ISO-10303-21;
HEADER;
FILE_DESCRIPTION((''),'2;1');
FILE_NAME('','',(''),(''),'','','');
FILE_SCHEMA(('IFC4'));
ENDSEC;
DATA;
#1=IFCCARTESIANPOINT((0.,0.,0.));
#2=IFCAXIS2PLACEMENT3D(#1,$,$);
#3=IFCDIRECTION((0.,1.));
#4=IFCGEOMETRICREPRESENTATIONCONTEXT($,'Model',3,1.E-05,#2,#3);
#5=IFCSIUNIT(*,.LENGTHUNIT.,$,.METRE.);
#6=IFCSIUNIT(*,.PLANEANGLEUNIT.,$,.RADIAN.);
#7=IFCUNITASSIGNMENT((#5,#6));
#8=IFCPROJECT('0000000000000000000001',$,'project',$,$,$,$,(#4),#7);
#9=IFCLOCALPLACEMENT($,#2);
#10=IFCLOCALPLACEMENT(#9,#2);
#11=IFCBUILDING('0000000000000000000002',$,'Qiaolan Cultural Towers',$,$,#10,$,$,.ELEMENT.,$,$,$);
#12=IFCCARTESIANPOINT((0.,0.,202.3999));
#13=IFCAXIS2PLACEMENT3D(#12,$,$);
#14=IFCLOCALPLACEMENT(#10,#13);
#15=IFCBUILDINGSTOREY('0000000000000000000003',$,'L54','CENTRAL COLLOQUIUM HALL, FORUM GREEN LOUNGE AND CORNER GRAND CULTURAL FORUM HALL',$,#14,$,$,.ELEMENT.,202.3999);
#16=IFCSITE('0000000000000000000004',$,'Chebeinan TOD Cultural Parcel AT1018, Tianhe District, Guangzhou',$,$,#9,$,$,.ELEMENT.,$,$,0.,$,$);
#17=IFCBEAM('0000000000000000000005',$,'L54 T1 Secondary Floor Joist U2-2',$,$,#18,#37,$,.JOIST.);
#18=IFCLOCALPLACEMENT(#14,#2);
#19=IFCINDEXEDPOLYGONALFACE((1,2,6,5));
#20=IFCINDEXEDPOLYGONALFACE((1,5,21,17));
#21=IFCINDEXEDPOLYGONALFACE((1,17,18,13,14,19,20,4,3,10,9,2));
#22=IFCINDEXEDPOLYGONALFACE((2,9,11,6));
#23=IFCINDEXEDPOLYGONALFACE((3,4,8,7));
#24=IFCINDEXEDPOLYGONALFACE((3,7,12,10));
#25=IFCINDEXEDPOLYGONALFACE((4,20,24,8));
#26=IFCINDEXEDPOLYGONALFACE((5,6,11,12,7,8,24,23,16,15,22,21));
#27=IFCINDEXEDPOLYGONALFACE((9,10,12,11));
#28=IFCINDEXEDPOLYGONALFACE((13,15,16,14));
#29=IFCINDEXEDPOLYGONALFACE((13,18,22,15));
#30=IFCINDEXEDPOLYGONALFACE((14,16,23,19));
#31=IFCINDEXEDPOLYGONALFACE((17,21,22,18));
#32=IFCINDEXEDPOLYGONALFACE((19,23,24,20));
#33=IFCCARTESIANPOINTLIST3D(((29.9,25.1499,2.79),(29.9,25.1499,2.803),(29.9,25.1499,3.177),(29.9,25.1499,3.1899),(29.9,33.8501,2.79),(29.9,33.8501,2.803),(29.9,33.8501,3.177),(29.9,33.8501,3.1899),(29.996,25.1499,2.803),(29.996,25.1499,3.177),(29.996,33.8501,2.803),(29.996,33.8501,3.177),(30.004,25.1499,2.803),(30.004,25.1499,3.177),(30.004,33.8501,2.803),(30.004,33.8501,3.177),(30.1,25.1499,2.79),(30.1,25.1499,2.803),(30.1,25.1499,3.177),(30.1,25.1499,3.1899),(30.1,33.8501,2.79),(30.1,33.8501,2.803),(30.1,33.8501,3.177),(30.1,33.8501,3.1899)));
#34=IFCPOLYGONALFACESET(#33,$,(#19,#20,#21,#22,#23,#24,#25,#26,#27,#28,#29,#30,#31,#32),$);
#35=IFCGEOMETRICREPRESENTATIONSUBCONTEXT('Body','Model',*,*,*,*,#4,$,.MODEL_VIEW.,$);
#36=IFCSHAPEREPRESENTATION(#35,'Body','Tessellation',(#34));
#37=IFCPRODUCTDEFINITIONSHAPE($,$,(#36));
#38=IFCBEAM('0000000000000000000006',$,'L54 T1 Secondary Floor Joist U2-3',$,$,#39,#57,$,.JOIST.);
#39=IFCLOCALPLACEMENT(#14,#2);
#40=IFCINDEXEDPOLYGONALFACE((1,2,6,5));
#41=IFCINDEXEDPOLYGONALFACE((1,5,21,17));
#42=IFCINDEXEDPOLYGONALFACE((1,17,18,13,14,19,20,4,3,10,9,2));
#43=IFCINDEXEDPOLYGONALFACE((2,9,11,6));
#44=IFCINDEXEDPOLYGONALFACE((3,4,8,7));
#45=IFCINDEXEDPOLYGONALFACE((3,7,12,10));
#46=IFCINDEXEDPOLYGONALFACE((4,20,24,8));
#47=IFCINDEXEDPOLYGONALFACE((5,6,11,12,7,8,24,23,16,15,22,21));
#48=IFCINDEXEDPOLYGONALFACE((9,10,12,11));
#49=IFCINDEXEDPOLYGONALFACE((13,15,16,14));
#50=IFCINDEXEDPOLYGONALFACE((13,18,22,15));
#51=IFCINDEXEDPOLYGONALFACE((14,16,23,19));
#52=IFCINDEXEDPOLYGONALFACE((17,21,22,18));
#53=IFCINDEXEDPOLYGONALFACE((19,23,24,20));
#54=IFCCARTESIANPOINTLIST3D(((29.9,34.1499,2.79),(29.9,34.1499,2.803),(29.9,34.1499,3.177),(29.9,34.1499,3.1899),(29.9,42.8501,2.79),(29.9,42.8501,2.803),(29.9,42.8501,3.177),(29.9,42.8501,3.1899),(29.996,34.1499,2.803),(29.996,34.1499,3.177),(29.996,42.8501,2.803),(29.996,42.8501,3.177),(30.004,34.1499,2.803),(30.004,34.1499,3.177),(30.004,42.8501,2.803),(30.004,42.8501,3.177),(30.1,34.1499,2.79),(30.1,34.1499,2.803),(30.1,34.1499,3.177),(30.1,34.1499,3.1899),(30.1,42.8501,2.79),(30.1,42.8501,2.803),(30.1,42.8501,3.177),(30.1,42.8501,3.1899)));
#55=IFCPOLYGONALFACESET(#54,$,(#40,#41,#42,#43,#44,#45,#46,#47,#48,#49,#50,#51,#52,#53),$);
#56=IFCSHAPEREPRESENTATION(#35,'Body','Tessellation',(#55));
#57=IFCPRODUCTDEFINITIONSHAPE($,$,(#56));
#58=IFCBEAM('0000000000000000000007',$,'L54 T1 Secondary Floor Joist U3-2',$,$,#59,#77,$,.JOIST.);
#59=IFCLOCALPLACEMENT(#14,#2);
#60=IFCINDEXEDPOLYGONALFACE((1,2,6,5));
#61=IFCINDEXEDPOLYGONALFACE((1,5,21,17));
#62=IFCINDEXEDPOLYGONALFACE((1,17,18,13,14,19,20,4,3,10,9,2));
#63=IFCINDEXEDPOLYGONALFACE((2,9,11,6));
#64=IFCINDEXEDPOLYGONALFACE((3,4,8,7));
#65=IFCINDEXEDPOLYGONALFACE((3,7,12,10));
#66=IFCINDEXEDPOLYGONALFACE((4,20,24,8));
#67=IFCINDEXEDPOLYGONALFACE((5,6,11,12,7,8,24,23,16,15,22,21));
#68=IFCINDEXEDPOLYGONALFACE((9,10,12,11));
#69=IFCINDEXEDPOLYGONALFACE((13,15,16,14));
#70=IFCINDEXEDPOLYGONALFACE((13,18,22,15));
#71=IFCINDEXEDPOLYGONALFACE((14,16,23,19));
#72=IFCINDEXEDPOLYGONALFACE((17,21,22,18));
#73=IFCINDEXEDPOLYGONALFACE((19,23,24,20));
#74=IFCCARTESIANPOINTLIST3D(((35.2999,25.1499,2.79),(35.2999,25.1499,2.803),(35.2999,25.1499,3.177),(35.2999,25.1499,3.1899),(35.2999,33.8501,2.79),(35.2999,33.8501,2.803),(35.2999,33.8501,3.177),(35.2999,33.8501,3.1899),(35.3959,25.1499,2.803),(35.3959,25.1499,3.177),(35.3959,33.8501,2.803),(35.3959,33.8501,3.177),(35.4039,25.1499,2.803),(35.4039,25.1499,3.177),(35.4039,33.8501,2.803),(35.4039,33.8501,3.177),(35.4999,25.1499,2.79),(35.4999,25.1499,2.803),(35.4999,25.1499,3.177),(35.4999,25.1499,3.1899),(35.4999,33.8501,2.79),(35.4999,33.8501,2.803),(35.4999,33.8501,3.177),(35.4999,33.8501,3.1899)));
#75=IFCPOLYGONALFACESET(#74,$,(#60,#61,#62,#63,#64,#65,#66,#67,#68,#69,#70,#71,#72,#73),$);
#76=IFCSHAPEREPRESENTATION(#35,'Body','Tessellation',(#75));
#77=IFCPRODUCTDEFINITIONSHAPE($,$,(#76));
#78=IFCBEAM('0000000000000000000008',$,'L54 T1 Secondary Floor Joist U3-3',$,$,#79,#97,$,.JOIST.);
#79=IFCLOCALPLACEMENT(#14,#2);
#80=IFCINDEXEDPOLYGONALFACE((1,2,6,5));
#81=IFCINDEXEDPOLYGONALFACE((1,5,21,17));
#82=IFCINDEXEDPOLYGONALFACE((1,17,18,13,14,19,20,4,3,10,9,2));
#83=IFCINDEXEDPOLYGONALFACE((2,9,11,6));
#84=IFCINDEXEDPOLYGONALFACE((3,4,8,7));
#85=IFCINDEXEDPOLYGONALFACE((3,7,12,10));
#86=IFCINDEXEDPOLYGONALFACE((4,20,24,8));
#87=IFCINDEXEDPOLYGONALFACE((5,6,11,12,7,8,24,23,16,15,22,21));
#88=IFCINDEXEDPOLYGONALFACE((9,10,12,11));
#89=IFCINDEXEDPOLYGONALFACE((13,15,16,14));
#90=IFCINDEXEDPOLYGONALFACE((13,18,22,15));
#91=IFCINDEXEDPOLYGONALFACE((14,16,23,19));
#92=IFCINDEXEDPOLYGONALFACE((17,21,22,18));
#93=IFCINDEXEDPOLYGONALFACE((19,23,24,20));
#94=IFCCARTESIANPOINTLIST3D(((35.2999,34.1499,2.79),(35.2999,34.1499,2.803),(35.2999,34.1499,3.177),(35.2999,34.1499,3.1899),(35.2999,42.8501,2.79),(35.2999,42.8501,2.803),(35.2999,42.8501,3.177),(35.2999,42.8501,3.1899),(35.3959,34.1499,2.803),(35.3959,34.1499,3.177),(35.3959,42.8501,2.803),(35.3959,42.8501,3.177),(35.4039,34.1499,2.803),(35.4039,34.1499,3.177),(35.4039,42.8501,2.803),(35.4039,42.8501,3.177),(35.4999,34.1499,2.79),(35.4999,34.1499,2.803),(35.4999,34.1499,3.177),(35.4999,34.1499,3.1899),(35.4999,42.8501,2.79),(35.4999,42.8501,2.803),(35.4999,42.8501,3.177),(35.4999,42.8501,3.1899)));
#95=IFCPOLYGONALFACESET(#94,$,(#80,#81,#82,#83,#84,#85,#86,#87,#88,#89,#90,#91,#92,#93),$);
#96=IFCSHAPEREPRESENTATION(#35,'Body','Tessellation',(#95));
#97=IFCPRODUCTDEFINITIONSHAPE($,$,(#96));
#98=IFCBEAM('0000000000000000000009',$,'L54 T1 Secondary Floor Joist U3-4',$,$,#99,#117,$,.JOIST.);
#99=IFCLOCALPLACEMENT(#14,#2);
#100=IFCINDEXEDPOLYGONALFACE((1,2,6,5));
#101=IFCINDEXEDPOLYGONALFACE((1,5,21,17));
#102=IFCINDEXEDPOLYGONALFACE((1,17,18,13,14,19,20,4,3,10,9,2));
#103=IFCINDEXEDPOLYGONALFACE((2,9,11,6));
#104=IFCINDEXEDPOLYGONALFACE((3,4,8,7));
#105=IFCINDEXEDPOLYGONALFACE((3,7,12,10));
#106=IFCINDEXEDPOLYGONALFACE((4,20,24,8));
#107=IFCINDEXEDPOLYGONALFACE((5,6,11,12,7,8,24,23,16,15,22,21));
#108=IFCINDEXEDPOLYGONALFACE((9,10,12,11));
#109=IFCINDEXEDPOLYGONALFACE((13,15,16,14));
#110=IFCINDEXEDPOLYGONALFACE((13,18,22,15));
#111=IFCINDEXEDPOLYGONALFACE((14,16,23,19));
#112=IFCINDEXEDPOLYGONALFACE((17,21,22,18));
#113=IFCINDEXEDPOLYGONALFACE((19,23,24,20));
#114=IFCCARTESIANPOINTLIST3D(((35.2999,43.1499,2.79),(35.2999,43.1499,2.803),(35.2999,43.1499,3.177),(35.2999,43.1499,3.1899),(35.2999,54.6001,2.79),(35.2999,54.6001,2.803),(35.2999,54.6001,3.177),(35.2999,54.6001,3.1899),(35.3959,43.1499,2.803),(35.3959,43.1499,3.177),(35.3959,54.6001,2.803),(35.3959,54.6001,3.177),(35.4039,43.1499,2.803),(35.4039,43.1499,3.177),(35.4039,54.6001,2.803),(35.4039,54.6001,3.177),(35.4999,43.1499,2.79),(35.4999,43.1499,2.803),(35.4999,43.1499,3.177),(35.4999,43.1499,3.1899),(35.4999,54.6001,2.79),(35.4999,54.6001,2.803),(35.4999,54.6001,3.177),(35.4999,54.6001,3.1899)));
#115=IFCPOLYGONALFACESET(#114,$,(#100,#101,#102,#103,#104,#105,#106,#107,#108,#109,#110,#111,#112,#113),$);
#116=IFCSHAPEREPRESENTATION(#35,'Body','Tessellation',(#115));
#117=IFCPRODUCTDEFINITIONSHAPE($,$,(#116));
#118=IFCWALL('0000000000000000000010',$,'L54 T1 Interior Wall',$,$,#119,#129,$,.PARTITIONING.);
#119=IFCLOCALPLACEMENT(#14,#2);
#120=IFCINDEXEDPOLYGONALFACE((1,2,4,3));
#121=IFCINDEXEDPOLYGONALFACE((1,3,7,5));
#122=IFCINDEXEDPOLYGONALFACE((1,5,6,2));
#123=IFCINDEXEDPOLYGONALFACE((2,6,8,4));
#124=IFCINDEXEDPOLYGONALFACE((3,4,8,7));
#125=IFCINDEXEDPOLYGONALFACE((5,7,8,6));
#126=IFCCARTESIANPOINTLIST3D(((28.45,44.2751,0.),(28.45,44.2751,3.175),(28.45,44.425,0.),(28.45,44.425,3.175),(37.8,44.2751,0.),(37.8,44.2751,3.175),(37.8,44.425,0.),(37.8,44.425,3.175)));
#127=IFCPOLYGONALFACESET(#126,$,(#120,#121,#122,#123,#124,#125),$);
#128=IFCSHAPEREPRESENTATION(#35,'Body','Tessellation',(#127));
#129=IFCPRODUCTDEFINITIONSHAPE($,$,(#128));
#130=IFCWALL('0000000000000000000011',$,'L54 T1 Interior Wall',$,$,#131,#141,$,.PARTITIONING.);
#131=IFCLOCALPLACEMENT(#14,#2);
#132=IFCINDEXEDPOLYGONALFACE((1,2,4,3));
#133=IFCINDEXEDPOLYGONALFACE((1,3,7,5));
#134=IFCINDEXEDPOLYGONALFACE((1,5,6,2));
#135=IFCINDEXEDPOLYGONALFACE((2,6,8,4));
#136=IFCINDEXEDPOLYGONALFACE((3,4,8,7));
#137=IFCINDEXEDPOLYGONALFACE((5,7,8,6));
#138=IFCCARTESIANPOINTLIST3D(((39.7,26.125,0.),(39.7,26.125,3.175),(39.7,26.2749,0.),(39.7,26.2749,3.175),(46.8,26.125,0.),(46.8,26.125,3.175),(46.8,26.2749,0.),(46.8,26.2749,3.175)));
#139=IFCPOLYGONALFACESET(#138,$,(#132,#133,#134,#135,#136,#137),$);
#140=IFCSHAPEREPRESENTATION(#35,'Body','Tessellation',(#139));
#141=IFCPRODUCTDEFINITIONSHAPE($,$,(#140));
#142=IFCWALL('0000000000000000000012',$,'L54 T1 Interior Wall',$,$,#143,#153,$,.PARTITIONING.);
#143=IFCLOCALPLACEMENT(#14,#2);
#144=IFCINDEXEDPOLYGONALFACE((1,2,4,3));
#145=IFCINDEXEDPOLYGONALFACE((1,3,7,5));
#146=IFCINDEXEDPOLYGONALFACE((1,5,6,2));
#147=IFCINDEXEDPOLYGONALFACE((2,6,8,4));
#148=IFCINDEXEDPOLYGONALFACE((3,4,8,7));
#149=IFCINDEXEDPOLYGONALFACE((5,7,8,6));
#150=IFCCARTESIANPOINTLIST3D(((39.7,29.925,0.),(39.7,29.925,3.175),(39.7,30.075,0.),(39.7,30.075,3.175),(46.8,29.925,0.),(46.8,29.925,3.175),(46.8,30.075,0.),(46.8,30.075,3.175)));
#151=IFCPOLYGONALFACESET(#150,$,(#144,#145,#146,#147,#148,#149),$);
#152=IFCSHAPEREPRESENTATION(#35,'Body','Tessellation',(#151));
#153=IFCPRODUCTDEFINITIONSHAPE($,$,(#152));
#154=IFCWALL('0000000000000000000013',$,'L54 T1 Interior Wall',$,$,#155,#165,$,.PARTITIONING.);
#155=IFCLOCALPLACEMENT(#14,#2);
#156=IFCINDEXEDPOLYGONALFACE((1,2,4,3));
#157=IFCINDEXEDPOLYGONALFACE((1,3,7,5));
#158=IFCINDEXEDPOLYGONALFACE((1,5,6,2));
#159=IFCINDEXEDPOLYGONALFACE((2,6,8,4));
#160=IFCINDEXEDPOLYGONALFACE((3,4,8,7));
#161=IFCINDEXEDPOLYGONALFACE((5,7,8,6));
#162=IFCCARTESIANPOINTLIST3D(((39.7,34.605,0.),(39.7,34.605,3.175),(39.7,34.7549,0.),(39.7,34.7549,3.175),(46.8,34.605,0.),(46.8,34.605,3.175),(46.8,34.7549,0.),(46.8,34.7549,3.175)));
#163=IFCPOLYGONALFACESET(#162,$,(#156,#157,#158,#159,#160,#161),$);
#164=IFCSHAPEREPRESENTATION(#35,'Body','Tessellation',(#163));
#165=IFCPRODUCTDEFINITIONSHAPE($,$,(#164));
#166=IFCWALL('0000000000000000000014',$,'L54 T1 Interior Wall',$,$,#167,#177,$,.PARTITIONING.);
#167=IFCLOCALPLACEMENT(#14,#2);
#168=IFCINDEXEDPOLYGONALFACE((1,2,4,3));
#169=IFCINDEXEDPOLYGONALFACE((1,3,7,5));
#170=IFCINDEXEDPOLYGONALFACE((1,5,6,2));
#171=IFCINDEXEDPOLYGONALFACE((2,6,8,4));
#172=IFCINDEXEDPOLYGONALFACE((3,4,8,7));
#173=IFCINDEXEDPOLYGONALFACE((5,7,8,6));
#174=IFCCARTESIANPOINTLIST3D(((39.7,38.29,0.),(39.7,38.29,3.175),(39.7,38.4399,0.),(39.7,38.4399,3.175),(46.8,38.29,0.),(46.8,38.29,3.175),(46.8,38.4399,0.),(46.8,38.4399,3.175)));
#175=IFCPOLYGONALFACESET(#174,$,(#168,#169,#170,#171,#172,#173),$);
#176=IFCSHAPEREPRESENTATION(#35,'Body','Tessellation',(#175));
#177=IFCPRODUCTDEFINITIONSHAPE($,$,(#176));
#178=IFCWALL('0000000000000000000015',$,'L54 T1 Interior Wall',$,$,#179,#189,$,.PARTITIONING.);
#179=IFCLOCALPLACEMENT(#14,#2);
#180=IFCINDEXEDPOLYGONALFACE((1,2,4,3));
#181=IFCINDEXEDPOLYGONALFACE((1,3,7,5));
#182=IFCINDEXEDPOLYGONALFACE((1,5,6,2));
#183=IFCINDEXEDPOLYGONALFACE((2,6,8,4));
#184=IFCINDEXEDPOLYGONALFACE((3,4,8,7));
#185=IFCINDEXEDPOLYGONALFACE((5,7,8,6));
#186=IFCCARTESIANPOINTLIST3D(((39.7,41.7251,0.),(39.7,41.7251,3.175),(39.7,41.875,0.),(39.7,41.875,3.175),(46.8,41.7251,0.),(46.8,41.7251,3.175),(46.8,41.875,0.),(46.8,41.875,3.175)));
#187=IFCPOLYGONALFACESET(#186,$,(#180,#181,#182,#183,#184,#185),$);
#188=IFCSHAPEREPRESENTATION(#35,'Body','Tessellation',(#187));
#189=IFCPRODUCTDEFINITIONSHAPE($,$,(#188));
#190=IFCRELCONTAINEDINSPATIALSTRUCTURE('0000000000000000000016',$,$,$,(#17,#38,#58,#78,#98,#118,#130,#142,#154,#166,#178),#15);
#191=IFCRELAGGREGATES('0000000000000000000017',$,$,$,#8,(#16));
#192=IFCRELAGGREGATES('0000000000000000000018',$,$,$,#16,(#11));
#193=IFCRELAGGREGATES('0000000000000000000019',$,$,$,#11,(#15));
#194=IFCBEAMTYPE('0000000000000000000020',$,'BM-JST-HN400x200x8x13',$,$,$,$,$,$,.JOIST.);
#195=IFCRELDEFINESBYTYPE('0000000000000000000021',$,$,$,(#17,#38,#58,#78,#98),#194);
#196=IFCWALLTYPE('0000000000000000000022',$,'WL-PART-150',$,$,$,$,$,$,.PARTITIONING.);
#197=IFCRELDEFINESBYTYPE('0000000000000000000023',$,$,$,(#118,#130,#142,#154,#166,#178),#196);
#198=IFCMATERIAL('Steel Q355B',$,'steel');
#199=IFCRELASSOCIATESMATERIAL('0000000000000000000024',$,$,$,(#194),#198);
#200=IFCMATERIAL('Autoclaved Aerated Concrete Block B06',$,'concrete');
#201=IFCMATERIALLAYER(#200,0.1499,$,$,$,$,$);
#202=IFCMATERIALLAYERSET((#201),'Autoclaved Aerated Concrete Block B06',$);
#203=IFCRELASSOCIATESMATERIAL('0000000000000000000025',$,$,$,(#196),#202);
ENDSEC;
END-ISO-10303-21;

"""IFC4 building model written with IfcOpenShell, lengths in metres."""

from ifc_helpers import new_model, si_unit, direction, frame, frame_2d, origin, origin_2d, place, context, subcontext, project, spatial, rectangle, i_section, extrude, material, layer, layer_set, material_profile, profile_set, type_object, element, save


model = new_model("IFC4")

# Units and contexts
model_context = context("Model", 3, precision=1e-05, world=origin(), true_north=direction((0.0, 1.0)))
body_context = subcontext(model_context, "Body", "Model", "MODEL_VIEW")
ifc_project = project(units=[si_unit("LENGTHUNIT", "METRE"), si_unit("PLANEANGLEUNIT", "RADIAN")], contexts=[model_context])

# Site, building, storey
site_placement = place(None, origin())
site = spatial("IfcSite", under=ifc_project, at=site_placement, Name="Chebeinan TOD Cultural Parcel AT1018, Tianhe District, Guangzhou", CompositionType="ELEMENT", RefElevation=0.0)
building_placement = place(site_placement, origin())
building = spatial("IfcBuilding", under=site, at=building_placement, Name="Qiaolan Cultural Towers", CompositionType="ELEMENT")
storey_placement = place(building_placement, frame((0.0, 0.0, 202.3999)))
storey = spatial("IfcBuildingStorey", under=building, at=storey_placement, Name="L54", Description="CENTRAL COLLOQUIUM HALL, FORUM GREEN LOUNGE AND CORNER GRAND CULTURAL FORUM HALL", CompositionType="ELEMENT", Elevation=202.3999)

# Beams
ifc_material_1 = material(Name="Steel Q355B", Category="steel")
ifc_material_profile = material_profile(ifc_material_1, i_section(OverallWidth=0.2, OverallDepth=0.3999, WebThickness=0.0081, FlangeThickness=0.0129, at=origin_2d()), Name="HN400x200x8x13")
ifc_profile_set = profile_set([ifc_material_profile], Name="Steel Q355B")
beam_type = type_object("IfcBeamType", Name="BM-JST-HN400x200x8x13", PredefinedType="JOIST", material=ifc_profile_set)
for number, where, z_axis, x_axis, name in (
    (1, (30.0, 25.1499, 2.99), (0.0, 1.0, 0.0), (-1.0, 0.0, 0.0), "L54 T1 Secondary Floor Joist U2-2"),
    (2, (30.0, 34.1499, 2.99), (0.0, 1.0, 0.0), (-1.0, 0.0, 0.0), "L54 T1 Secondary Floor Joist U2-3"),
    (3, (35.3999, 25.1499, 2.99), (0.0, 1.0, 0.0), (-1.0, 0.0, 0.0), "L54 T1 Secondary Floor Joist U3-2"),
    (4, (35.3999, 34.1499, 2.99), (0.0, 1.0, 0.0), (-1.0, 0.0, 0.0), "L54 T1 Secondary Floor Joist U3-3"),
):
    element("IfcBeam", number, at=place(storey_placement, frame(where, z_axis=z_axis, x_axis=x_axis)), inside=storey, type_object=beam_type, Name=name, PredefinedType="JOIST", context=body_context, shape_type="SweptSolid", body=[
        extrude(i_section(OverallWidth=0.2, OverallDepth=0.3999, WebThickness=0.0081, FlangeThickness=0.0129, at=origin_2d()), origin(), (0.0, 0.0, 1.0), 8.7002),
    ])
beam_placement = place(storey_placement, frame((35.3999, 43.1499, 2.99), z_axis=(0.0, 1.0, 0.0), x_axis=(-1.0, 0.0, 0.0)))
element("IfcBeam", 5, at=beam_placement, inside=storey, type_object=beam_type, Name="L54 T1 Secondary Floor Joist U3-4", PredefinedType="JOIST", context=body_context, shape_type="SweptSolid", body=[
    extrude(i_section(OverallWidth=0.2, OverallDepth=0.3999, WebThickness=0.0081, FlangeThickness=0.0129, at=origin_2d()), origin(), (0.0, 0.0, 1.0), 11.4502),
])

# Walls
ifc_material_2 = material(Name="Autoclaved Aerated Concrete Block B06", Category="concrete")
ifc_layer = layer(ifc_material_2, 0.1499)
ifc_layer_set = layer_set([ifc_layer], Name="Autoclaved Aerated Concrete Block B06")
wall_type = type_object("IfcWallType", Name="WL-PART-150", PredefinedType="PARTITIONING", material=ifc_layer_set)
wall_placement = place(storey_placement, frame((28.45, 44.3501, 0.0), z_axis=(0.0, 0.0, 1.0), x_axis=(1.0, 0.0, 0.0)))
element("IfcWall", 6, at=wall_placement, inside=storey, type_object=wall_type, Name="L54 T1 Interior Wall", PredefinedType="PARTITIONING", context=body_context, shape_type="SweptSolid", body=[
    extrude(rectangle(XDim=9.3501, YDim=0.1499, at=frame_2d((4.675, 0.0))), origin(), (0.0, 0.0, 1.0), 3.175),
])
for number, where, z_axis, x_axis, name in (
    (7, (39.7, 26.2, 0.0), (0.0, 0.0, 1.0), (1.0, 0.0, 0.0), "L54 T1 Interior Wall"),
    (8, (39.7, 30.0, 0.0), (0.0, 0.0, 1.0), (1.0, 0.0, 0.0), "L54 T1 Interior Wall"),
    (9, (39.7, 34.6799, 0.0), (0.0, 0.0, 1.0), (1.0, 0.0, 0.0), "L54 T1 Interior Wall"),
    (10, (39.7, 38.365, 0.0), (0.0, 0.0, 1.0), (1.0, 0.0, 0.0), "L54 T1 Interior Wall"),
    (11, (39.7, 41.8, 0.0), (0.0, 0.0, 1.0), (1.0, 0.0, 0.0), "L54 T1 Interior Wall"),
):
    element("IfcWall", number, at=place(storey_placement, frame(where, z_axis=z_axis, x_axis=x_axis)), inside=storey, type_object=wall_type, Name=name, PredefinedType="PARTITIONING", context=body_context, shape_type="SweptSolid", body=[
        extrude(rectangle(XDim=7.1001, YDim=0.1499, at=frame_2d((3.55, 0.0))), origin(), (0.0, 0.0, 1.0), 3.175),
    ])

save(model, "model.ifc")
